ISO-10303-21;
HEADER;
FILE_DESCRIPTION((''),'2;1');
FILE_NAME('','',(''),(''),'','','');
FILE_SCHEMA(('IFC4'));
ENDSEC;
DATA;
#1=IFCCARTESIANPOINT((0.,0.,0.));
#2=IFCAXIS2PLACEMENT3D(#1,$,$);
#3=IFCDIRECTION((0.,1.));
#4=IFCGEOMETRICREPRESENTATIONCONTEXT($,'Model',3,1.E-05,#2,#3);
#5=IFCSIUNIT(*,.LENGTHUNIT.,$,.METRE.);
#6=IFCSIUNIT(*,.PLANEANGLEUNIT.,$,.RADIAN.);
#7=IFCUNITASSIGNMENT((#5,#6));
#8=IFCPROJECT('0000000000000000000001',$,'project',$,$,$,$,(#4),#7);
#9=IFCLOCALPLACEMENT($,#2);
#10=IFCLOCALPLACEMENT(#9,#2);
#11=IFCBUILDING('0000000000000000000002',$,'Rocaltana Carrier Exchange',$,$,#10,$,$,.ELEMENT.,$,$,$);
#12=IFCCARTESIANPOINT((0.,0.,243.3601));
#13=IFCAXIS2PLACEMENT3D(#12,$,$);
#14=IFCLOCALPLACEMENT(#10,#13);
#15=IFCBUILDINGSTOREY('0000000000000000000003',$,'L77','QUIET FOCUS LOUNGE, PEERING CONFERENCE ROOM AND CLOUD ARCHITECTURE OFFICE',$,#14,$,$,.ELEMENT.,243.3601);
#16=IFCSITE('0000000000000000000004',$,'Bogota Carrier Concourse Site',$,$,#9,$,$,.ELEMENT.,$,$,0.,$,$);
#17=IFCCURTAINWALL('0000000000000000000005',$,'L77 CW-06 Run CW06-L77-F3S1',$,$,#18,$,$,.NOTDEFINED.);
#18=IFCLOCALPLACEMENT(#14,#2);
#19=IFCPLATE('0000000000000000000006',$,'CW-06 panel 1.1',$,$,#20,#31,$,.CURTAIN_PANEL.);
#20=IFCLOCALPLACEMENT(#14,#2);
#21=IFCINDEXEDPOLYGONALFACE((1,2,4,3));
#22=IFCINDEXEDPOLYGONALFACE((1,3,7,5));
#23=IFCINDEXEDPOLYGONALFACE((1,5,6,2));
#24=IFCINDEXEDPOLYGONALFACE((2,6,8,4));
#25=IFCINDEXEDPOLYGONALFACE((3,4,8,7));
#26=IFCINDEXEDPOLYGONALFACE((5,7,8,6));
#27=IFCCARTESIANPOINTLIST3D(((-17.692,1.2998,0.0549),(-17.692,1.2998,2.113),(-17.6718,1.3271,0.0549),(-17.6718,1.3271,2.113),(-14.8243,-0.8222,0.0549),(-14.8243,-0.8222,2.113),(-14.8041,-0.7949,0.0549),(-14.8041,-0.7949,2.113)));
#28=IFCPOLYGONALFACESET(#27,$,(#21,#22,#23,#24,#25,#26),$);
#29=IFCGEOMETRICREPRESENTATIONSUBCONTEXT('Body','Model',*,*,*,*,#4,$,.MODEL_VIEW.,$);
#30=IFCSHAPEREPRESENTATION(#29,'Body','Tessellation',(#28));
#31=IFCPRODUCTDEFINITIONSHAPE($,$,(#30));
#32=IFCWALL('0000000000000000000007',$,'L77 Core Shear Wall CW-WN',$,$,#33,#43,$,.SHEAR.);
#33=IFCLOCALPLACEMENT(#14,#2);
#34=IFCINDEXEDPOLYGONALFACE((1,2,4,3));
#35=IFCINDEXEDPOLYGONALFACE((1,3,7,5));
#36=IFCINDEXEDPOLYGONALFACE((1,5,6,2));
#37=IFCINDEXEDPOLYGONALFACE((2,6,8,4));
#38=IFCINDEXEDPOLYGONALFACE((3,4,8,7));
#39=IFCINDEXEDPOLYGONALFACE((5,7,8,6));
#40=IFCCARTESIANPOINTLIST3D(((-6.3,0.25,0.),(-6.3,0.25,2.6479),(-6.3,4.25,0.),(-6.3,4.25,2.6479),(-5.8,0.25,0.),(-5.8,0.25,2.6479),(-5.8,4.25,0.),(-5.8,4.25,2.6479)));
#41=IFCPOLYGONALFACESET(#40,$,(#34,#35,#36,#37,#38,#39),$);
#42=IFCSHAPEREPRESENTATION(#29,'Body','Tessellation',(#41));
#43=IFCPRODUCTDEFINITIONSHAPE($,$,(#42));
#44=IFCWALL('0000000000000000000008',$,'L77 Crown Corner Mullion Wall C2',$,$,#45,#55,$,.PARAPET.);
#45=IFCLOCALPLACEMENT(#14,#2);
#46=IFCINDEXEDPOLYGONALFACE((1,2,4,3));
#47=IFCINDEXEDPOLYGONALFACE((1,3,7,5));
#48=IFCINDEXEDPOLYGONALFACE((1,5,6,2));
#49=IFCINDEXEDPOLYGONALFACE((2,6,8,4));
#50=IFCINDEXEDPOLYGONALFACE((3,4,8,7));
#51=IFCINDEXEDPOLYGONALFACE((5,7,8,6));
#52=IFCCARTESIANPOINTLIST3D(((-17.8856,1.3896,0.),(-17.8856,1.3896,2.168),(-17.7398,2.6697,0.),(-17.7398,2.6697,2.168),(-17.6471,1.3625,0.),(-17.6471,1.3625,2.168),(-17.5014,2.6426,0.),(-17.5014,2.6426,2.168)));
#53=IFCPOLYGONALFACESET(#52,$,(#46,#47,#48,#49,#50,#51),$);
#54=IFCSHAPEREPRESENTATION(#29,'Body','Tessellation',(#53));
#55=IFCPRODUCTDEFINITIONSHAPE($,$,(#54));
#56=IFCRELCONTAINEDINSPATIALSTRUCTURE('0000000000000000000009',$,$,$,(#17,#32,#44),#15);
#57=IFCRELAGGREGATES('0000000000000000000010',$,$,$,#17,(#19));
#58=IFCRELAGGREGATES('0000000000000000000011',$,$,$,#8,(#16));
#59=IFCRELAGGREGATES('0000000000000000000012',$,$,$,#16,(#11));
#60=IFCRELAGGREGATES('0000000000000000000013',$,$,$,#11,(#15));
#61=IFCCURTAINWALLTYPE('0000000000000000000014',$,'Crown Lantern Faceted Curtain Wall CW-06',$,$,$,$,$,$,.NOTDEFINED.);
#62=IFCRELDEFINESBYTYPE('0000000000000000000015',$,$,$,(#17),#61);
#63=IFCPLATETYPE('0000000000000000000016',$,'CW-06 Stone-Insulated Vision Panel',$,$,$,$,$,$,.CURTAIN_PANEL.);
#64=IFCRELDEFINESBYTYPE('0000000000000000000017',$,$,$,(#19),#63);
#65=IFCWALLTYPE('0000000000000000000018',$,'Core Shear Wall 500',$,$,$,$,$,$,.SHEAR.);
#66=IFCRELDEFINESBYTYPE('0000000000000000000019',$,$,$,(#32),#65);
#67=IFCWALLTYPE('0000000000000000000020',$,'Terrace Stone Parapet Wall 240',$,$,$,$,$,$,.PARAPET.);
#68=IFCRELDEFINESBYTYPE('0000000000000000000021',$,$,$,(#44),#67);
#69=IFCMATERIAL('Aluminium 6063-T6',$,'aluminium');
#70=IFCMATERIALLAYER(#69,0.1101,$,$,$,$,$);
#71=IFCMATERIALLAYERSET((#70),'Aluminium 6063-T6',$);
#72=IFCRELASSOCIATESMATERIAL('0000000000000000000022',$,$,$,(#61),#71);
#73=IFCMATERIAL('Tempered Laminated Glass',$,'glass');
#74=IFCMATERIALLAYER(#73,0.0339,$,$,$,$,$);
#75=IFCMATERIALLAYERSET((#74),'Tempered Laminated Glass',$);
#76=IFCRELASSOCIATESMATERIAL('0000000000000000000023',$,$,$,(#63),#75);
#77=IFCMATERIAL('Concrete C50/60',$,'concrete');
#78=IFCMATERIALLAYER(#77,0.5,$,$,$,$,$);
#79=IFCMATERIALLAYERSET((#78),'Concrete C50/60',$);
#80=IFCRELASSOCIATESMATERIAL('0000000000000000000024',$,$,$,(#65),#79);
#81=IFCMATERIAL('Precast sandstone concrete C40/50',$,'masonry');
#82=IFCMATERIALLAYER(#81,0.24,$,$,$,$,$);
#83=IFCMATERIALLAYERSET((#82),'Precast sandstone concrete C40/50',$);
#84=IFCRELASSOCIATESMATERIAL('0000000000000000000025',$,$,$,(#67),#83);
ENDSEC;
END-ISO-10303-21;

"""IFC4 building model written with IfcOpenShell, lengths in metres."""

from ifc_helpers import new_model, si_unit, direction, frame, frame_2d, origin, origin_2d, place, context, subcontext, project, spatial, rectangle, extrude, material, layer, layer_set, type_object, element, aggregate, save


model = new_model("IFC4")

# Units and contexts
model_context = context("Model", 3, precision=1e-05, world=origin(), true_north=direction((0.0, 1.0)))
body_context = subcontext(model_context, "Body", "Model", "MODEL_VIEW")
ifc_project = project(units=[si_unit("LENGTHUNIT", "METRE"), si_unit("PLANEANGLEUNIT", "RADIAN")], contexts=[model_context])

# Site, building, storey
site_placement = place(None, origin())
site = spatial("IfcSite", under=ifc_project, at=site_placement, Name="Bogota Carrier Concourse Site", CompositionType="ELEMENT", RefElevation=0.0)
building_placement = place(site_placement, origin())
building = spatial("IfcBuilding", under=site, at=building_placement, Name="Rocaltana Carrier Exchange", CompositionType="ELEMENT")
storey_placement = place(building_placement, frame((0.0, 0.0, 243.3601)))
storey = spatial("IfcBuildingStorey", under=building, at=storey_placement, Name="L77", Description="QUIET FOCUS LOUNGE, PEERING CONFERENCE ROOM AND CLOUD ARCHITECTURE OFFICE", CompositionType="ELEMENT", Elevation=243.3601)

# Shared definitions
ifc_material_1 = material(Name="Aluminium 6063-T6", Category="aluminium")
ifc_layer_1 = layer(ifc_material_1, 0.1101)
ifc_layer_set_1 = layer_set([ifc_layer_1], Name="Aluminium 6063-T6")
curtain_wall_type = type_object("IfcCurtainWallType", Name="Crown Lantern Faceted Curtain Wall CW-06", PredefinedType="NOTDEFINED", material=ifc_layer_set_1)

# Curtain wall
curtain_wall_1_placement = place(storey_placement, origin())
curtain_wall_1 = element("IfcCurtainWall", 1, at=curtain_wall_1_placement, inside=storey, type_object=curtain_wall_type, Name="L77 CW-06 Run CW06-L77-F3S1", PredefinedType="NOTDEFINED")

# Plate
ifc_material_2 = material(Name="Tempered Laminated Glass", Category="glass")
ifc_layer_2 = layer(ifc_material_2, 0.0339)
ifc_layer_set_2 = layer_set([ifc_layer_2], Name="Tempered Laminated Glass")
plate_type = type_object("IfcPlateType", Name="CW-06 Stone-Insulated Vision Panel", PredefinedType="CURTAIN_PANEL", material=ifc_layer_set_2)
plate_1_placement = place(storey_placement, frame((-16.248, 0.2524, 0.0549), z_axis=(0.0, 0.0, 1.0), x_axis=(0.803857, -0.594823, 0.0)))
plate_1 = element("IfcPlate", 2, at=plate_1_placement, type_object=plate_type, Name="CW-06 panel 1.1", PredefinedType="CURTAIN_PANEL", context=body_context, shape_type="SweptSolid", body=[
    extrude(rectangle(XDim=3.5674, YDim=0.0339, at=origin_2d()), origin(), (0.0, 0.0, 1.0), 2.0581),
])
aggregate(curtain_wall_1, [plate_1])

# Walls
ifc_material_3 = material(Name="Concrete C50/60", Category="concrete")
ifc_layer_3 = layer(ifc_material_3, 0.5)
ifc_layer_set_3 = layer_set([ifc_layer_3], Name="Concrete C50/60")
wall_type_1 = type_object("IfcWallType", Name="Core Shear Wall 500", PredefinedType="SHEAR", material=ifc_layer_set_3)
wall_1_placement = place(storey_placement, frame((-6.05, 0.25, 0.0), z_axis=(0.0, 0.0, 1.0), x_axis=(0.0, 1.0, 0.0)))
element("IfcWall", 3, at=wall_1_placement, inside=storey, type_object=wall_type_1, Name="L77 Core Shear Wall CW-WN", PredefinedType="SHEAR", context=body_context, shape_type="SweptSolid", body=[
    extrude(rectangle(XDim=4.0, YDim=0.5, at=frame_2d((2.0, 0.0))), origin(), (0.0, 0.0, 1.0), 2.6479),
])
ifc_material_4 = material(Name="Precast sandstone concrete C40/50", Category="masonry")
ifc_layer_4 = layer(ifc_material_4, 0.24)
ifc_layer_set_4 = layer_set([ifc_layer_4], Name="Precast sandstone concrete C40/50")
wall_type_2 = type_object("IfcWallType", Name="Terrace Stone Parapet Wall 240", PredefinedType="PARAPET", material=ifc_layer_set_4)
wall_2_placement = place(storey_placement, frame((-17.6206, 2.656, 0.0), z_axis=(0.0, 0.0, 1.0), x_axis=(-0.113135, -0.99358, 0.0)))
element("IfcWall", 4, at=wall_2_placement, inside=storey, type_object=wall_type_2, Name="L77 Crown Corner Mullion Wall C2", PredefinedType="PARAPET", context=body_context, shape_type="SweptSolid", body=[
    extrude(rectangle(XDim=1.2883, YDim=0.24, at=frame_2d((0.644, 0.0))), origin(), (0.0, 0.0, 1.0), 2.168),
])

save(model, "model.ifc")
